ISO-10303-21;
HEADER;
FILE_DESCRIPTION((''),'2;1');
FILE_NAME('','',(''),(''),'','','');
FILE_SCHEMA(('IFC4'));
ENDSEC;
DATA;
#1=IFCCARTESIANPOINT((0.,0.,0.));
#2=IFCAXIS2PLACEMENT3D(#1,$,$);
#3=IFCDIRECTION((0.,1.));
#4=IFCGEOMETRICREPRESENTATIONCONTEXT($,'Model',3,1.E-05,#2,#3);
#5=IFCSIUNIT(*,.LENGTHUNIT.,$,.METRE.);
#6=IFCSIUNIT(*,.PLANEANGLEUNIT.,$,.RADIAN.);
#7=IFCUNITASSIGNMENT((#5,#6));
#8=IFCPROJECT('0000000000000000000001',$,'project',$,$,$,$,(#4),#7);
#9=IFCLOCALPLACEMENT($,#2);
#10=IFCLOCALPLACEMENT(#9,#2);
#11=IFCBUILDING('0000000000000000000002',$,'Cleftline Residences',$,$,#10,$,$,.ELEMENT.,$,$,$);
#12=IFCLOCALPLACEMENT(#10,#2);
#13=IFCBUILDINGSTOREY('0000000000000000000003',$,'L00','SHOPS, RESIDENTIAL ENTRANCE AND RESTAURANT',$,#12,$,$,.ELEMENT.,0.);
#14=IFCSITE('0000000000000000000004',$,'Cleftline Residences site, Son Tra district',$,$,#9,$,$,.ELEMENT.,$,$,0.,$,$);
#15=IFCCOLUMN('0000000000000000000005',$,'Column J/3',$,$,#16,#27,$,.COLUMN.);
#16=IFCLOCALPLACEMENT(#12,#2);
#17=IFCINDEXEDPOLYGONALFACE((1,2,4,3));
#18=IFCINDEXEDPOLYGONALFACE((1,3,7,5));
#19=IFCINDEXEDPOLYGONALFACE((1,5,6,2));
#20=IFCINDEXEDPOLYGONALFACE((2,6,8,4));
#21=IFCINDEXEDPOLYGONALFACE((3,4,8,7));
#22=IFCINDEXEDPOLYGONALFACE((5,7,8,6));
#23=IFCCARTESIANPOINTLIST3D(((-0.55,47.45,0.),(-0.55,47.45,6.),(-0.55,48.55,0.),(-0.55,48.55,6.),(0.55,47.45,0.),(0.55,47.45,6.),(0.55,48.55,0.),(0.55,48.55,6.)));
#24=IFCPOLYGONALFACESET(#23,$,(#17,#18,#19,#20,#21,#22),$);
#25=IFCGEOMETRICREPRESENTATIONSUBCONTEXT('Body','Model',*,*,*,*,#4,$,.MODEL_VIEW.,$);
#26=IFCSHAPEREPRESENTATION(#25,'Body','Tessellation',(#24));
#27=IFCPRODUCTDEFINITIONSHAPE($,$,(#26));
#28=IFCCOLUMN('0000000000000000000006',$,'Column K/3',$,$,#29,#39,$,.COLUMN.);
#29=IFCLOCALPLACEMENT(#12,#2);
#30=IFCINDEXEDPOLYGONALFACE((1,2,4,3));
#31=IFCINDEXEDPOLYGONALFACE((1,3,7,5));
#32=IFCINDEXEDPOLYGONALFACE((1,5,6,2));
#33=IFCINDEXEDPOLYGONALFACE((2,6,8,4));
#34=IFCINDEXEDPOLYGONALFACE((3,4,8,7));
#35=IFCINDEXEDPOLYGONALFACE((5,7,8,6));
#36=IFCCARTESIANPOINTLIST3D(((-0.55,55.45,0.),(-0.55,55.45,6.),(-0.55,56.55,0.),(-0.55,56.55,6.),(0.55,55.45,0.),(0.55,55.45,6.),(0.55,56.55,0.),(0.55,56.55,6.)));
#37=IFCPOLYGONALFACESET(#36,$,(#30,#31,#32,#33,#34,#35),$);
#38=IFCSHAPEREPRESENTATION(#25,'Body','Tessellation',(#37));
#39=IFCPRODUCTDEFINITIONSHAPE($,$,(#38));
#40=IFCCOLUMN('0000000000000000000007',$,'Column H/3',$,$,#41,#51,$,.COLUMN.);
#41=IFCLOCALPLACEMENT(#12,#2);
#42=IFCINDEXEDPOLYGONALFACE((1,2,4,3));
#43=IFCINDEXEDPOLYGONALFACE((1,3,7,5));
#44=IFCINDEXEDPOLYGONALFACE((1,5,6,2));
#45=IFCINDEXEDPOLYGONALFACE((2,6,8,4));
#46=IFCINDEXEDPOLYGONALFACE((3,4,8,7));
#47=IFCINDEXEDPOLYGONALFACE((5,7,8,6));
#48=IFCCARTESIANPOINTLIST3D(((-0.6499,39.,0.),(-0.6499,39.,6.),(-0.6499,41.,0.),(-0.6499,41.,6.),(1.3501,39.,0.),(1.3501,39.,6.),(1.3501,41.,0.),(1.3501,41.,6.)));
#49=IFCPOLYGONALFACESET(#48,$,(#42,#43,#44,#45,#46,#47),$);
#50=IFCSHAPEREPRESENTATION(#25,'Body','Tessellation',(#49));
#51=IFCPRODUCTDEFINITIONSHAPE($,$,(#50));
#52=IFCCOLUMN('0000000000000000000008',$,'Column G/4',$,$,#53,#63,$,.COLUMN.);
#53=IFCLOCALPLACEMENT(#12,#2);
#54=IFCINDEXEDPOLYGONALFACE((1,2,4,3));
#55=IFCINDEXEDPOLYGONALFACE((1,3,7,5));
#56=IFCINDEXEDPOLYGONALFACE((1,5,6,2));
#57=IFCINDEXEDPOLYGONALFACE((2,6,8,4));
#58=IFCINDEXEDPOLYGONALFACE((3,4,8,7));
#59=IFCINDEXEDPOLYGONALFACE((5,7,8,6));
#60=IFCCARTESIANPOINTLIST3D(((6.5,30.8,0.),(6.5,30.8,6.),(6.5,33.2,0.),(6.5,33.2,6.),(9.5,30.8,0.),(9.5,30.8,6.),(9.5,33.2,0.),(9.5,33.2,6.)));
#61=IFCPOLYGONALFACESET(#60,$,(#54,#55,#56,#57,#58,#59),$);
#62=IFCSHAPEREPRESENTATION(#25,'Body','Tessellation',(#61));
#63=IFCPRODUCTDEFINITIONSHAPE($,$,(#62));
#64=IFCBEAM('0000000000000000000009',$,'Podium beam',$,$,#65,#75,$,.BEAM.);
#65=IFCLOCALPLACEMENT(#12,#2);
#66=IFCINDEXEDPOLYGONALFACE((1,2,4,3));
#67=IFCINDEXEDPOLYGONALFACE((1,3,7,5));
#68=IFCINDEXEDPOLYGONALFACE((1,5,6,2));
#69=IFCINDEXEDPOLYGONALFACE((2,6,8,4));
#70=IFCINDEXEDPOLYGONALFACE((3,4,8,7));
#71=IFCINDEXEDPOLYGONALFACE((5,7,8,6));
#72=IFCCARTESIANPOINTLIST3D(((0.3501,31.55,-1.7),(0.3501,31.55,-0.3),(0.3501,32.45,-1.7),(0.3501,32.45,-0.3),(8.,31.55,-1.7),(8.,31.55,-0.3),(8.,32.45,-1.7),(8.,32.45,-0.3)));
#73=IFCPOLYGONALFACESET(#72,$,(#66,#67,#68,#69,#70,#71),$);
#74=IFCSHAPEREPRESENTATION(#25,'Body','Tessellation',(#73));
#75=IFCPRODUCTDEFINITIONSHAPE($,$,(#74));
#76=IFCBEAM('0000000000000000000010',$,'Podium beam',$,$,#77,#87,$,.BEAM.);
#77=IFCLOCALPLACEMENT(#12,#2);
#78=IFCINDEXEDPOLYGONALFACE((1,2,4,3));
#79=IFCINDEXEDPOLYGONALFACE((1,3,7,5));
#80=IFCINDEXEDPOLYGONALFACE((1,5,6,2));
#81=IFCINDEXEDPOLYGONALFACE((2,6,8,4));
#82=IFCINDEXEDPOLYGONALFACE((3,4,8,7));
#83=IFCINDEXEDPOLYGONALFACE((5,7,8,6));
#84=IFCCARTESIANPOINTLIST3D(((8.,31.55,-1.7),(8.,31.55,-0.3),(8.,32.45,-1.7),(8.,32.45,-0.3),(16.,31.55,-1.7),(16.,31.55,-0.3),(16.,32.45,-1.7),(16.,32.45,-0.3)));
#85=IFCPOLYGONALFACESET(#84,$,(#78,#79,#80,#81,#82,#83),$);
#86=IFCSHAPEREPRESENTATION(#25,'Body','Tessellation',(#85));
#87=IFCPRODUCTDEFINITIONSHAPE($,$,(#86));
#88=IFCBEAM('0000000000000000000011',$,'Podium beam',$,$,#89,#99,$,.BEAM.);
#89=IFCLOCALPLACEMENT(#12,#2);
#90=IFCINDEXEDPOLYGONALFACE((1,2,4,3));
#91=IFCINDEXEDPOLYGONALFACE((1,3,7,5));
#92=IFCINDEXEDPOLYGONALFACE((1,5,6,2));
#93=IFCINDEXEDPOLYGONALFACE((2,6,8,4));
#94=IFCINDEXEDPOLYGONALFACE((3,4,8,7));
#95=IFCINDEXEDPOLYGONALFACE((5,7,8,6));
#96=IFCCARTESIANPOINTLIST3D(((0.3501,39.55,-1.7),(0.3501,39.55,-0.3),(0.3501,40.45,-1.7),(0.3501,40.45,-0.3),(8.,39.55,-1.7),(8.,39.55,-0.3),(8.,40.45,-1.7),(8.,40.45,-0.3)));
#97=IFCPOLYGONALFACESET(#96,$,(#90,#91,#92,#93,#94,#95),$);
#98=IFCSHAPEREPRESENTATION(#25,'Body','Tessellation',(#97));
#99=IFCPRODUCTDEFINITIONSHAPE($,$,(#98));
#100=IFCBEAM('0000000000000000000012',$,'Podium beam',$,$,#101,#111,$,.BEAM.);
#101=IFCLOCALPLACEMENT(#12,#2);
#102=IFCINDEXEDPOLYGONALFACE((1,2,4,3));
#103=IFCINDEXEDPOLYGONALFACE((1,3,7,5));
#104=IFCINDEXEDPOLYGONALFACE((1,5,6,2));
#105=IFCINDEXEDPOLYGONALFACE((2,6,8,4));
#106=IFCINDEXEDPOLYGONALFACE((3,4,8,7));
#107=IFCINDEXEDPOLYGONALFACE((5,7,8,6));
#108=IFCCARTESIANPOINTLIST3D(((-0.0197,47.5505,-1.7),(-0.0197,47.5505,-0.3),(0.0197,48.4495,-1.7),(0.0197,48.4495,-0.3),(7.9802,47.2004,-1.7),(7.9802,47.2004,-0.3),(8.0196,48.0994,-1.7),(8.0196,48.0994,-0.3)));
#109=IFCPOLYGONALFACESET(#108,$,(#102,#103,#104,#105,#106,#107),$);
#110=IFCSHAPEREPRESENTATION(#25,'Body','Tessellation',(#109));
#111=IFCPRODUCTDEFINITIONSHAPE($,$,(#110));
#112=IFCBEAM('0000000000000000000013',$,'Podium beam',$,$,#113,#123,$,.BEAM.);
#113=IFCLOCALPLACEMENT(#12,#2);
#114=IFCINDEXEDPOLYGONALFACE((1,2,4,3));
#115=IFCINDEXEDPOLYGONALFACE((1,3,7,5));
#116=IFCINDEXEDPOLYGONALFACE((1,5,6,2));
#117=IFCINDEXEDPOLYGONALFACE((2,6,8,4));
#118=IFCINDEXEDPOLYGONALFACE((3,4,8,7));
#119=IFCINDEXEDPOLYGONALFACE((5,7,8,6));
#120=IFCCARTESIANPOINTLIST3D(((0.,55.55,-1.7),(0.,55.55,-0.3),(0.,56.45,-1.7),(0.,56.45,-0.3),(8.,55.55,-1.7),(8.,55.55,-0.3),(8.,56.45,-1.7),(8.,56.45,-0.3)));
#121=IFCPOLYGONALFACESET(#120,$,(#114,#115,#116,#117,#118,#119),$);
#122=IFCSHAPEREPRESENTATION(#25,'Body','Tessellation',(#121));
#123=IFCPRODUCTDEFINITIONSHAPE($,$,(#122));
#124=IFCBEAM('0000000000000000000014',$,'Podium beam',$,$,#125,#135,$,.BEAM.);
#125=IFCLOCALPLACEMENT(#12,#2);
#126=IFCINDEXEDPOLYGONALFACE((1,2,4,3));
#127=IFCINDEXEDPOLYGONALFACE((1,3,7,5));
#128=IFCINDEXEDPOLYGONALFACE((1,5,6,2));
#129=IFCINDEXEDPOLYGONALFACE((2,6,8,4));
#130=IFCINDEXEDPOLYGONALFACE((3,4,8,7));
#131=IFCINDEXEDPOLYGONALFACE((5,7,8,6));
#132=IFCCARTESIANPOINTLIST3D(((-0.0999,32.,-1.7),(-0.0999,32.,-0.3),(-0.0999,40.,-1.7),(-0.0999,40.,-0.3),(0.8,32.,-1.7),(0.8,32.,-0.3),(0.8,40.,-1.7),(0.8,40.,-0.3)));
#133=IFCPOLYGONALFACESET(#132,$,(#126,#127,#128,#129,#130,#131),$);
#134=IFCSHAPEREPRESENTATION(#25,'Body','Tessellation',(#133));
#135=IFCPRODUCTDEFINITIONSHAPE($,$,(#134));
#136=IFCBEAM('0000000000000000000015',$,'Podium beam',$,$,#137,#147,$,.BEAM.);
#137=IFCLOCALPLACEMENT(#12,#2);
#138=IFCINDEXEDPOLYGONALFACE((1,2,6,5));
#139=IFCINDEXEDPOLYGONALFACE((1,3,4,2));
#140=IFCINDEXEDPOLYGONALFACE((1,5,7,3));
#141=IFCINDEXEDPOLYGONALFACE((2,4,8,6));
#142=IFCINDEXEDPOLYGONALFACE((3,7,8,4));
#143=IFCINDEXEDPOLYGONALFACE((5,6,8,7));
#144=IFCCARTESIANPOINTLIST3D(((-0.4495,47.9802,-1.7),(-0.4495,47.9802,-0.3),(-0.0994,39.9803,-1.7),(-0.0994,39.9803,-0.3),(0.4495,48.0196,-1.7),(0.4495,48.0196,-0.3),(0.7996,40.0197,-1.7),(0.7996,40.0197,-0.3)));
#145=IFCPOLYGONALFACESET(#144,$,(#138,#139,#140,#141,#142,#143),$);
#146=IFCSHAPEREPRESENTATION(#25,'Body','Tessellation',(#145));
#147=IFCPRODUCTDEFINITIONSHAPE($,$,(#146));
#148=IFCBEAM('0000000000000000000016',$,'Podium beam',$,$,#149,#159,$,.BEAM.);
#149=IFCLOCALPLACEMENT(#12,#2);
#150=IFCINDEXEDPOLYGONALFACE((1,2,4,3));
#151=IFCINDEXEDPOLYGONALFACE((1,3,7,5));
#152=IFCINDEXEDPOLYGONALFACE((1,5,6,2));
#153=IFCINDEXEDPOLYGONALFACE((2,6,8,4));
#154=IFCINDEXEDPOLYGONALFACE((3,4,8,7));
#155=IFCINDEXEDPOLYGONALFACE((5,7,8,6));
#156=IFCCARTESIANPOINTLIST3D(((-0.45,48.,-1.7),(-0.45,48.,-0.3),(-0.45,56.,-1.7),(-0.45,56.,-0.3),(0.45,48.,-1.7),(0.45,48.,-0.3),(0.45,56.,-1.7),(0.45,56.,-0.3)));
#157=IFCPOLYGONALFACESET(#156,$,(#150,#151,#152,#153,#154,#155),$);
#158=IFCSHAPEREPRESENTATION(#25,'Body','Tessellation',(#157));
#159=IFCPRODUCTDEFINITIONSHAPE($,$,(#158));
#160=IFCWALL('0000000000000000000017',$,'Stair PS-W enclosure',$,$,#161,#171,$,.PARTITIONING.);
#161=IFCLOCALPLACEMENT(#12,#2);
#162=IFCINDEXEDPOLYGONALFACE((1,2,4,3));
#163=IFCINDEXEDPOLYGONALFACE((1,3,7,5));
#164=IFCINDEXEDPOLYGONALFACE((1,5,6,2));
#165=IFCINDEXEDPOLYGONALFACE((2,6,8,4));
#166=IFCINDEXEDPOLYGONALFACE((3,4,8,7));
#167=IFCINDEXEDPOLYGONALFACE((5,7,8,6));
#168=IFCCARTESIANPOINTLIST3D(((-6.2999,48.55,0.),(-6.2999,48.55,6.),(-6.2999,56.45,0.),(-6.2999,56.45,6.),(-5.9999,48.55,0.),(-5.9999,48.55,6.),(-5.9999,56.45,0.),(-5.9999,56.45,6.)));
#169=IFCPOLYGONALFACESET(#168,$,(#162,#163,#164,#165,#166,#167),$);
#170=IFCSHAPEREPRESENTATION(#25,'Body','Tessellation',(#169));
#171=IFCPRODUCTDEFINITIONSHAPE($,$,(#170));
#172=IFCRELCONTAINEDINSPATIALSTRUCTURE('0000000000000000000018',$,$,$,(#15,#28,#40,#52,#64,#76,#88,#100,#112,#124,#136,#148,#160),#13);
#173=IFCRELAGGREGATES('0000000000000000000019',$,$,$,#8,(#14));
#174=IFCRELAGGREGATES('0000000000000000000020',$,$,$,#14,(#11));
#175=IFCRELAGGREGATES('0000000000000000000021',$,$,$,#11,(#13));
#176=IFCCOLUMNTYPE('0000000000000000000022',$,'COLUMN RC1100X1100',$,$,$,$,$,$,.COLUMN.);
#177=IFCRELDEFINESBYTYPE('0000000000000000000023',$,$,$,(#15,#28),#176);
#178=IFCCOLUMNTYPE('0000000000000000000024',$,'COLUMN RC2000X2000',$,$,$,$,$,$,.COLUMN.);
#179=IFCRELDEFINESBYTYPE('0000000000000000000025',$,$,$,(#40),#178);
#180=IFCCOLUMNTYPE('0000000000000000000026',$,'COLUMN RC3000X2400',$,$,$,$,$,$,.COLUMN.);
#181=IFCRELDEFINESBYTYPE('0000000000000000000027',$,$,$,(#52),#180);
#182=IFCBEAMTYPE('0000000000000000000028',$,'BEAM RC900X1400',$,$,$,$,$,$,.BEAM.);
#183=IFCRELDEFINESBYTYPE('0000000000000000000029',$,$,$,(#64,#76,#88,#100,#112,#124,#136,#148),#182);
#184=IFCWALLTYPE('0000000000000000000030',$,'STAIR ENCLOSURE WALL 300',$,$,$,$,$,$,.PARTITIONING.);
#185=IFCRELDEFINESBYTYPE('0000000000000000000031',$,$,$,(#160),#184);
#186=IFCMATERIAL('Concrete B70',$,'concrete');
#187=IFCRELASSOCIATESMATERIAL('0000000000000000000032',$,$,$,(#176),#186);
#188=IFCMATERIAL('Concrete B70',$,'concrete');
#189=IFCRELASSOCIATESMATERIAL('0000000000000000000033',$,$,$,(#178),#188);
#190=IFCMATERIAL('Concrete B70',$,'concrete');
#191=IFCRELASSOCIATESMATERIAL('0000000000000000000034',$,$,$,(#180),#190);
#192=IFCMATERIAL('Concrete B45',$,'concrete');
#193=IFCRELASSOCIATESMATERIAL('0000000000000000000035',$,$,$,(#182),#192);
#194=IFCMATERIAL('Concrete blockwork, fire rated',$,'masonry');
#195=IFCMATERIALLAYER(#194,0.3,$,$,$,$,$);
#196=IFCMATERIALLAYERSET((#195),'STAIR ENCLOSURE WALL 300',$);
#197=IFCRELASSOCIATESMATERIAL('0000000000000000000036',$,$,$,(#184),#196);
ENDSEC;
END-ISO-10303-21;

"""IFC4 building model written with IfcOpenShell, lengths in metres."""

from ifc_helpers import new_model, si_unit, direction, frame, frame_2d, origin, origin_2d, place, context, subcontext, project, spatial, rectangle, extrude, material, layer, layer_set, material_profile, profile_set, type_object, element, save


model = new_model("IFC4")

# Units and contexts
model_context = context("Model", 3, precision=1e-05, world=origin(), true_north=direction((0.0, 1.0)))
body_context = subcontext(model_context, "Body", "Model", "MODEL_VIEW")
ifc_project = project(units=[si_unit("LENGTHUNIT", "METRE"), si_unit("PLANEANGLEUNIT", "RADIAN")], contexts=[model_context])

# Site, building, storey
site_placement = place(None, origin())
site = spatial("IfcSite", under=ifc_project, at=site_placement, Name="Cleftline Residences site, Son Tra district", CompositionType="ELEMENT", RefElevation=0.0)
building_placement = place(site_placement, origin())
building = spatial("IfcBuilding", under=site, at=building_placement, Name="Cleftline Residences", CompositionType="ELEMENT")
storey_placement = place(building_placement, origin())
storey = spatial("IfcBuildingStorey", under=building, at=storey_placement, Name="L00", Description="SHOPS, RESIDENTIAL ENTRANCE AND RESTAURANT", CompositionType="ELEMENT", Elevation=0.0)

# Columns
ifc_material_1 = material(Name="Concrete B70", Category="concrete")
ifc_material_profile_1 = material_profile(ifc_material_1, rectangle(XDim=1.1001, YDim=1.1001, at=origin_2d()))
ifc_profile_set_1 = profile_set([ifc_material_profile_1], Name="Concrete B70")
column_type_1 = type_object("IfcColumnType", Name="COLUMN RC1100X1100", PredefinedType="COLUMN", material=ifc_profile_set_1)
for number, where, z_axis, x_axis, name in (
    (1, (0.0, 48.0, 0.0), (0.0, 0.0, 1.0), (1.0, 0.0, 0.0), "Column J/3"),
    (2, (0.0, 56.0, 0.0), (0.0, 0.0, 1.0), (1.0, 0.0, 0.0), "Column K/3"),
):
    element("IfcColumn", number, at=place(storey_placement, frame(where, z_axis=z_axis, x_axis=x_axis)), inside=storey, type_object=column_type_1, Name=name, PredefinedType="COLUMN", context=body_context, shape_type="SweptSolid", body=[
        extrude(rectangle(XDim=1.1001, YDim=1.1001, at=origin_2d()), origin(), (0.0, 0.0, 1.0), 6.0),
    ])
ifc_material_2 = material(Name="Concrete B70", Category="concrete")
ifc_material_profile_2 = material_profile(ifc_material_2, rectangle(XDim=2.0, YDim=2.0, at=origin_2d()))
ifc_profile_set_2 = profile_set([ifc_material_profile_2], Name="Concrete B70")
column_type_2 = type_object("IfcColumnType", Name="COLUMN RC2000X2000", PredefinedType="COLUMN", material=ifc_profile_set_2)
column_1_placement = place(storey_placement, frame((0.3501, 40.0, 0.0), z_axis=(0.0, 0.0, 1.0), x_axis=(1.0, 0.0, 0.0)))
element("IfcColumn", 3, at=column_1_placement, inside=storey, type_object=column_type_2, Name="Column H/3", PredefinedType="COLUMN", context=body_context, shape_type="SweptSolid", body=[
    extrude(rectangle(XDim=2.0, YDim=2.0, at=origin_2d()), origin(), (0.0, 0.0, 1.0), 6.0),
])
ifc_material_3 = material(Name="Concrete B70", Category="concrete")
ifc_material_profile_3 = material_profile(ifc_material_3, rectangle(XDim=3.0, YDim=2.3999, at=origin_2d()))
ifc_profile_set_3 = profile_set([ifc_material_profile_3], Name="Concrete B70")
column_type_3 = type_object("IfcColumnType", Name="COLUMN RC3000X2400", PredefinedType="COLUMN", material=ifc_profile_set_3)
column_2_placement = place(storey_placement, frame((8.0, 32.0, 0.0), z_axis=(0.0, 0.0, 1.0), x_axis=(1.0, 0.0, 0.0)))
element("IfcColumn", 4, at=column_2_placement, inside=storey, type_object=column_type_3, Name="Column G/4", PredefinedType="COLUMN", context=body_context, shape_type="SweptSolid", body=[
    extrude(rectangle(XDim=3.0, YDim=2.3999, at=origin_2d()), origin(), (0.0, 0.0, 1.0), 6.0),
])

# Beams
ifc_material_4 = material(Name="Concrete B45", Category="concrete")
ifc_material_profile_4 = material_profile(ifc_material_4, rectangle(XDim=0.8999, YDim=1.3999, at=origin_2d()))
ifc_profile_set_4 = profile_set([ifc_material_profile_4], Name="Concrete B45")
beam_type = type_object("IfcBeamType", Name="BEAM RC900X1400", PredefinedType="BEAM", material=ifc_profile_set_4)
beam_1_placement = place(storey_placement, frame((0.3501, 32.0, -1.0), z_axis=(1.0, 0.0, 0.0), x_axis=(0.0, 1.0, 0.0)))
element("IfcBeam", 5, at=beam_1_placement, inside=storey, type_object=beam_type, Name="Podium beam", PredefinedType="BEAM", context=body_context, shape_type="SweptSolid", body=[
    extrude(rectangle(XDim=0.8999, YDim=1.3999, at=origin_2d()), origin(), (0.0, 0.0, 1.0), 7.6499),
])
beam_2_placement = place(storey_placement, frame((8.0, 32.0, -1.0), z_axis=(1.0, 0.0, 0.0), x_axis=(0.0, 1.0, 0.0)))
element("IfcBeam", 6, at=beam_2_placement, inside=storey, type_object=beam_type, Name="Podium beam", PredefinedType="BEAM", context=body_context, shape_type="SweptSolid", body=[
    extrude(rectangle(XDim=0.8999, YDim=1.3999, at=origin_2d()), origin(), (0.0, 0.0, 1.0), 8.0),
])
beam_3_placement = place(storey_placement, frame((0.3501, 40.0, -1.0), z_axis=(1.0, 0.0, 0.0), x_axis=(0.0, 1.0, 0.0)))
element("IfcBeam", 7, at=beam_3_placement, inside=storey, type_object=beam_type, Name="Podium beam", PredefinedType="BEAM", context=body_context, shape_type="SweptSolid", body=[
    extrude(rectangle(XDim=0.8999, YDim=1.3999, at=origin_2d()), origin(), (0.0, 0.0, 1.0), 7.6499),
])
beam_4_placement = place(storey_placement, frame((0.0, 48.0, -1.0), z_axis=(0.999044, -0.04372, 0.0), x_axis=(0.04372, 0.999044, 0.0)))
element("IfcBeam", 8, at=beam_4_placement, inside=storey, type_object=beam_type, Name="Podium beam", PredefinedType="BEAM", context=body_context, shape_type="SweptSolid", body=[
    extrude(rectangle(XDim=0.8999, YDim=1.3999, at=origin_2d()), origin(), (0.0, 0.0, 1.0), 8.0076),
])
for number, where, z_axis, x_axis, name in (
    (9, (0.0, 56.0, -1.0), (1.0, 0.0, 0.0), (0.0, 1.0, 0.0), "Podium beam"),
    (10, (0.3501, 32.0, -1.0), (0.0, 1.0, 0.0), (-1.0, 0.0, 0.0), "Podium beam"),
):
    element("IfcBeam", number, at=place(storey_placement, frame(where, z_axis=z_axis, x_axis=x_axis)), inside=storey, type_object=beam_type, Name=name, PredefinedType="BEAM", context=body_context, shape_type="SweptSolid", body=[
        extrude(rectangle(XDim=0.8999, YDim=1.3999, at=origin_2d()), origin(), (0.0, 0.0, 1.0), 8.0),
    ])
beam_5_placement = place(storey_placement, frame((0.3501, 40.0, -1.0), z_axis=(-0.04372, 0.999044, 0.0), x_axis=(-0.999044, -0.04372, 0.0)))
element("IfcBeam", 11, at=beam_5_placement, inside=storey, type_object=beam_type, Name="Podium beam", PredefinedType="BEAM", context=body_context, shape_type="SweptSolid", body=[
    extrude(rectangle(XDim=0.8999, YDim=1.3999, at=origin_2d()), origin(), (0.0, 0.0, 1.0), 8.0076),
])
beam_6_placement = place(storey_placement, frame((0.0, 48.0, -1.0), z_axis=(0.0, 1.0, 0.0), x_axis=(-1.0, 0.0, 0.0)))
element("IfcBeam", 12, at=beam_6_placement, inside=storey, type_object=beam_type, Name="Podium beam", PredefinedType="BEAM", context=body_context, shape_type="SweptSolid", body=[
    extrude(rectangle(XDim=0.8999, YDim=1.3999, at=origin_2d()), origin(), (0.0, 0.0, 1.0), 8.0),
])

# Wall
ifc_material_5 = material(Name="Concrete blockwork, fire rated", Category="masonry")
ifc_layer = layer(ifc_material_5, 0.3)
ifc_layer_set = layer_set([ifc_layer], Name="STAIR ENCLOSURE WALL 300")
wall_type = type_object("IfcWallType", Name="STAIR ENCLOSURE WALL 300", PredefinedType="PARTITIONING", material=ifc_layer_set)
wall_1_placement = place(storey_placement, frame((-6.1499, 48.55, 0.0), z_axis=(0.0, 0.0, 1.0), x_axis=(0.0, 1.0, 0.0)))
element("IfcWall", 13, at=wall_1_placement, inside=storey, type_object=wall_type, Name="Stair PS-W enclosure", PredefinedType="PARTITIONING", context=body_context, shape_type="SweptSolid", body=[
    extrude(rectangle(XDim=7.8999, YDim=0.3, at=frame_2d((3.95, 0.0))), origin(), (0.0, 0.0, 1.0), 6.0),
])

save(model, "model.ifc")
